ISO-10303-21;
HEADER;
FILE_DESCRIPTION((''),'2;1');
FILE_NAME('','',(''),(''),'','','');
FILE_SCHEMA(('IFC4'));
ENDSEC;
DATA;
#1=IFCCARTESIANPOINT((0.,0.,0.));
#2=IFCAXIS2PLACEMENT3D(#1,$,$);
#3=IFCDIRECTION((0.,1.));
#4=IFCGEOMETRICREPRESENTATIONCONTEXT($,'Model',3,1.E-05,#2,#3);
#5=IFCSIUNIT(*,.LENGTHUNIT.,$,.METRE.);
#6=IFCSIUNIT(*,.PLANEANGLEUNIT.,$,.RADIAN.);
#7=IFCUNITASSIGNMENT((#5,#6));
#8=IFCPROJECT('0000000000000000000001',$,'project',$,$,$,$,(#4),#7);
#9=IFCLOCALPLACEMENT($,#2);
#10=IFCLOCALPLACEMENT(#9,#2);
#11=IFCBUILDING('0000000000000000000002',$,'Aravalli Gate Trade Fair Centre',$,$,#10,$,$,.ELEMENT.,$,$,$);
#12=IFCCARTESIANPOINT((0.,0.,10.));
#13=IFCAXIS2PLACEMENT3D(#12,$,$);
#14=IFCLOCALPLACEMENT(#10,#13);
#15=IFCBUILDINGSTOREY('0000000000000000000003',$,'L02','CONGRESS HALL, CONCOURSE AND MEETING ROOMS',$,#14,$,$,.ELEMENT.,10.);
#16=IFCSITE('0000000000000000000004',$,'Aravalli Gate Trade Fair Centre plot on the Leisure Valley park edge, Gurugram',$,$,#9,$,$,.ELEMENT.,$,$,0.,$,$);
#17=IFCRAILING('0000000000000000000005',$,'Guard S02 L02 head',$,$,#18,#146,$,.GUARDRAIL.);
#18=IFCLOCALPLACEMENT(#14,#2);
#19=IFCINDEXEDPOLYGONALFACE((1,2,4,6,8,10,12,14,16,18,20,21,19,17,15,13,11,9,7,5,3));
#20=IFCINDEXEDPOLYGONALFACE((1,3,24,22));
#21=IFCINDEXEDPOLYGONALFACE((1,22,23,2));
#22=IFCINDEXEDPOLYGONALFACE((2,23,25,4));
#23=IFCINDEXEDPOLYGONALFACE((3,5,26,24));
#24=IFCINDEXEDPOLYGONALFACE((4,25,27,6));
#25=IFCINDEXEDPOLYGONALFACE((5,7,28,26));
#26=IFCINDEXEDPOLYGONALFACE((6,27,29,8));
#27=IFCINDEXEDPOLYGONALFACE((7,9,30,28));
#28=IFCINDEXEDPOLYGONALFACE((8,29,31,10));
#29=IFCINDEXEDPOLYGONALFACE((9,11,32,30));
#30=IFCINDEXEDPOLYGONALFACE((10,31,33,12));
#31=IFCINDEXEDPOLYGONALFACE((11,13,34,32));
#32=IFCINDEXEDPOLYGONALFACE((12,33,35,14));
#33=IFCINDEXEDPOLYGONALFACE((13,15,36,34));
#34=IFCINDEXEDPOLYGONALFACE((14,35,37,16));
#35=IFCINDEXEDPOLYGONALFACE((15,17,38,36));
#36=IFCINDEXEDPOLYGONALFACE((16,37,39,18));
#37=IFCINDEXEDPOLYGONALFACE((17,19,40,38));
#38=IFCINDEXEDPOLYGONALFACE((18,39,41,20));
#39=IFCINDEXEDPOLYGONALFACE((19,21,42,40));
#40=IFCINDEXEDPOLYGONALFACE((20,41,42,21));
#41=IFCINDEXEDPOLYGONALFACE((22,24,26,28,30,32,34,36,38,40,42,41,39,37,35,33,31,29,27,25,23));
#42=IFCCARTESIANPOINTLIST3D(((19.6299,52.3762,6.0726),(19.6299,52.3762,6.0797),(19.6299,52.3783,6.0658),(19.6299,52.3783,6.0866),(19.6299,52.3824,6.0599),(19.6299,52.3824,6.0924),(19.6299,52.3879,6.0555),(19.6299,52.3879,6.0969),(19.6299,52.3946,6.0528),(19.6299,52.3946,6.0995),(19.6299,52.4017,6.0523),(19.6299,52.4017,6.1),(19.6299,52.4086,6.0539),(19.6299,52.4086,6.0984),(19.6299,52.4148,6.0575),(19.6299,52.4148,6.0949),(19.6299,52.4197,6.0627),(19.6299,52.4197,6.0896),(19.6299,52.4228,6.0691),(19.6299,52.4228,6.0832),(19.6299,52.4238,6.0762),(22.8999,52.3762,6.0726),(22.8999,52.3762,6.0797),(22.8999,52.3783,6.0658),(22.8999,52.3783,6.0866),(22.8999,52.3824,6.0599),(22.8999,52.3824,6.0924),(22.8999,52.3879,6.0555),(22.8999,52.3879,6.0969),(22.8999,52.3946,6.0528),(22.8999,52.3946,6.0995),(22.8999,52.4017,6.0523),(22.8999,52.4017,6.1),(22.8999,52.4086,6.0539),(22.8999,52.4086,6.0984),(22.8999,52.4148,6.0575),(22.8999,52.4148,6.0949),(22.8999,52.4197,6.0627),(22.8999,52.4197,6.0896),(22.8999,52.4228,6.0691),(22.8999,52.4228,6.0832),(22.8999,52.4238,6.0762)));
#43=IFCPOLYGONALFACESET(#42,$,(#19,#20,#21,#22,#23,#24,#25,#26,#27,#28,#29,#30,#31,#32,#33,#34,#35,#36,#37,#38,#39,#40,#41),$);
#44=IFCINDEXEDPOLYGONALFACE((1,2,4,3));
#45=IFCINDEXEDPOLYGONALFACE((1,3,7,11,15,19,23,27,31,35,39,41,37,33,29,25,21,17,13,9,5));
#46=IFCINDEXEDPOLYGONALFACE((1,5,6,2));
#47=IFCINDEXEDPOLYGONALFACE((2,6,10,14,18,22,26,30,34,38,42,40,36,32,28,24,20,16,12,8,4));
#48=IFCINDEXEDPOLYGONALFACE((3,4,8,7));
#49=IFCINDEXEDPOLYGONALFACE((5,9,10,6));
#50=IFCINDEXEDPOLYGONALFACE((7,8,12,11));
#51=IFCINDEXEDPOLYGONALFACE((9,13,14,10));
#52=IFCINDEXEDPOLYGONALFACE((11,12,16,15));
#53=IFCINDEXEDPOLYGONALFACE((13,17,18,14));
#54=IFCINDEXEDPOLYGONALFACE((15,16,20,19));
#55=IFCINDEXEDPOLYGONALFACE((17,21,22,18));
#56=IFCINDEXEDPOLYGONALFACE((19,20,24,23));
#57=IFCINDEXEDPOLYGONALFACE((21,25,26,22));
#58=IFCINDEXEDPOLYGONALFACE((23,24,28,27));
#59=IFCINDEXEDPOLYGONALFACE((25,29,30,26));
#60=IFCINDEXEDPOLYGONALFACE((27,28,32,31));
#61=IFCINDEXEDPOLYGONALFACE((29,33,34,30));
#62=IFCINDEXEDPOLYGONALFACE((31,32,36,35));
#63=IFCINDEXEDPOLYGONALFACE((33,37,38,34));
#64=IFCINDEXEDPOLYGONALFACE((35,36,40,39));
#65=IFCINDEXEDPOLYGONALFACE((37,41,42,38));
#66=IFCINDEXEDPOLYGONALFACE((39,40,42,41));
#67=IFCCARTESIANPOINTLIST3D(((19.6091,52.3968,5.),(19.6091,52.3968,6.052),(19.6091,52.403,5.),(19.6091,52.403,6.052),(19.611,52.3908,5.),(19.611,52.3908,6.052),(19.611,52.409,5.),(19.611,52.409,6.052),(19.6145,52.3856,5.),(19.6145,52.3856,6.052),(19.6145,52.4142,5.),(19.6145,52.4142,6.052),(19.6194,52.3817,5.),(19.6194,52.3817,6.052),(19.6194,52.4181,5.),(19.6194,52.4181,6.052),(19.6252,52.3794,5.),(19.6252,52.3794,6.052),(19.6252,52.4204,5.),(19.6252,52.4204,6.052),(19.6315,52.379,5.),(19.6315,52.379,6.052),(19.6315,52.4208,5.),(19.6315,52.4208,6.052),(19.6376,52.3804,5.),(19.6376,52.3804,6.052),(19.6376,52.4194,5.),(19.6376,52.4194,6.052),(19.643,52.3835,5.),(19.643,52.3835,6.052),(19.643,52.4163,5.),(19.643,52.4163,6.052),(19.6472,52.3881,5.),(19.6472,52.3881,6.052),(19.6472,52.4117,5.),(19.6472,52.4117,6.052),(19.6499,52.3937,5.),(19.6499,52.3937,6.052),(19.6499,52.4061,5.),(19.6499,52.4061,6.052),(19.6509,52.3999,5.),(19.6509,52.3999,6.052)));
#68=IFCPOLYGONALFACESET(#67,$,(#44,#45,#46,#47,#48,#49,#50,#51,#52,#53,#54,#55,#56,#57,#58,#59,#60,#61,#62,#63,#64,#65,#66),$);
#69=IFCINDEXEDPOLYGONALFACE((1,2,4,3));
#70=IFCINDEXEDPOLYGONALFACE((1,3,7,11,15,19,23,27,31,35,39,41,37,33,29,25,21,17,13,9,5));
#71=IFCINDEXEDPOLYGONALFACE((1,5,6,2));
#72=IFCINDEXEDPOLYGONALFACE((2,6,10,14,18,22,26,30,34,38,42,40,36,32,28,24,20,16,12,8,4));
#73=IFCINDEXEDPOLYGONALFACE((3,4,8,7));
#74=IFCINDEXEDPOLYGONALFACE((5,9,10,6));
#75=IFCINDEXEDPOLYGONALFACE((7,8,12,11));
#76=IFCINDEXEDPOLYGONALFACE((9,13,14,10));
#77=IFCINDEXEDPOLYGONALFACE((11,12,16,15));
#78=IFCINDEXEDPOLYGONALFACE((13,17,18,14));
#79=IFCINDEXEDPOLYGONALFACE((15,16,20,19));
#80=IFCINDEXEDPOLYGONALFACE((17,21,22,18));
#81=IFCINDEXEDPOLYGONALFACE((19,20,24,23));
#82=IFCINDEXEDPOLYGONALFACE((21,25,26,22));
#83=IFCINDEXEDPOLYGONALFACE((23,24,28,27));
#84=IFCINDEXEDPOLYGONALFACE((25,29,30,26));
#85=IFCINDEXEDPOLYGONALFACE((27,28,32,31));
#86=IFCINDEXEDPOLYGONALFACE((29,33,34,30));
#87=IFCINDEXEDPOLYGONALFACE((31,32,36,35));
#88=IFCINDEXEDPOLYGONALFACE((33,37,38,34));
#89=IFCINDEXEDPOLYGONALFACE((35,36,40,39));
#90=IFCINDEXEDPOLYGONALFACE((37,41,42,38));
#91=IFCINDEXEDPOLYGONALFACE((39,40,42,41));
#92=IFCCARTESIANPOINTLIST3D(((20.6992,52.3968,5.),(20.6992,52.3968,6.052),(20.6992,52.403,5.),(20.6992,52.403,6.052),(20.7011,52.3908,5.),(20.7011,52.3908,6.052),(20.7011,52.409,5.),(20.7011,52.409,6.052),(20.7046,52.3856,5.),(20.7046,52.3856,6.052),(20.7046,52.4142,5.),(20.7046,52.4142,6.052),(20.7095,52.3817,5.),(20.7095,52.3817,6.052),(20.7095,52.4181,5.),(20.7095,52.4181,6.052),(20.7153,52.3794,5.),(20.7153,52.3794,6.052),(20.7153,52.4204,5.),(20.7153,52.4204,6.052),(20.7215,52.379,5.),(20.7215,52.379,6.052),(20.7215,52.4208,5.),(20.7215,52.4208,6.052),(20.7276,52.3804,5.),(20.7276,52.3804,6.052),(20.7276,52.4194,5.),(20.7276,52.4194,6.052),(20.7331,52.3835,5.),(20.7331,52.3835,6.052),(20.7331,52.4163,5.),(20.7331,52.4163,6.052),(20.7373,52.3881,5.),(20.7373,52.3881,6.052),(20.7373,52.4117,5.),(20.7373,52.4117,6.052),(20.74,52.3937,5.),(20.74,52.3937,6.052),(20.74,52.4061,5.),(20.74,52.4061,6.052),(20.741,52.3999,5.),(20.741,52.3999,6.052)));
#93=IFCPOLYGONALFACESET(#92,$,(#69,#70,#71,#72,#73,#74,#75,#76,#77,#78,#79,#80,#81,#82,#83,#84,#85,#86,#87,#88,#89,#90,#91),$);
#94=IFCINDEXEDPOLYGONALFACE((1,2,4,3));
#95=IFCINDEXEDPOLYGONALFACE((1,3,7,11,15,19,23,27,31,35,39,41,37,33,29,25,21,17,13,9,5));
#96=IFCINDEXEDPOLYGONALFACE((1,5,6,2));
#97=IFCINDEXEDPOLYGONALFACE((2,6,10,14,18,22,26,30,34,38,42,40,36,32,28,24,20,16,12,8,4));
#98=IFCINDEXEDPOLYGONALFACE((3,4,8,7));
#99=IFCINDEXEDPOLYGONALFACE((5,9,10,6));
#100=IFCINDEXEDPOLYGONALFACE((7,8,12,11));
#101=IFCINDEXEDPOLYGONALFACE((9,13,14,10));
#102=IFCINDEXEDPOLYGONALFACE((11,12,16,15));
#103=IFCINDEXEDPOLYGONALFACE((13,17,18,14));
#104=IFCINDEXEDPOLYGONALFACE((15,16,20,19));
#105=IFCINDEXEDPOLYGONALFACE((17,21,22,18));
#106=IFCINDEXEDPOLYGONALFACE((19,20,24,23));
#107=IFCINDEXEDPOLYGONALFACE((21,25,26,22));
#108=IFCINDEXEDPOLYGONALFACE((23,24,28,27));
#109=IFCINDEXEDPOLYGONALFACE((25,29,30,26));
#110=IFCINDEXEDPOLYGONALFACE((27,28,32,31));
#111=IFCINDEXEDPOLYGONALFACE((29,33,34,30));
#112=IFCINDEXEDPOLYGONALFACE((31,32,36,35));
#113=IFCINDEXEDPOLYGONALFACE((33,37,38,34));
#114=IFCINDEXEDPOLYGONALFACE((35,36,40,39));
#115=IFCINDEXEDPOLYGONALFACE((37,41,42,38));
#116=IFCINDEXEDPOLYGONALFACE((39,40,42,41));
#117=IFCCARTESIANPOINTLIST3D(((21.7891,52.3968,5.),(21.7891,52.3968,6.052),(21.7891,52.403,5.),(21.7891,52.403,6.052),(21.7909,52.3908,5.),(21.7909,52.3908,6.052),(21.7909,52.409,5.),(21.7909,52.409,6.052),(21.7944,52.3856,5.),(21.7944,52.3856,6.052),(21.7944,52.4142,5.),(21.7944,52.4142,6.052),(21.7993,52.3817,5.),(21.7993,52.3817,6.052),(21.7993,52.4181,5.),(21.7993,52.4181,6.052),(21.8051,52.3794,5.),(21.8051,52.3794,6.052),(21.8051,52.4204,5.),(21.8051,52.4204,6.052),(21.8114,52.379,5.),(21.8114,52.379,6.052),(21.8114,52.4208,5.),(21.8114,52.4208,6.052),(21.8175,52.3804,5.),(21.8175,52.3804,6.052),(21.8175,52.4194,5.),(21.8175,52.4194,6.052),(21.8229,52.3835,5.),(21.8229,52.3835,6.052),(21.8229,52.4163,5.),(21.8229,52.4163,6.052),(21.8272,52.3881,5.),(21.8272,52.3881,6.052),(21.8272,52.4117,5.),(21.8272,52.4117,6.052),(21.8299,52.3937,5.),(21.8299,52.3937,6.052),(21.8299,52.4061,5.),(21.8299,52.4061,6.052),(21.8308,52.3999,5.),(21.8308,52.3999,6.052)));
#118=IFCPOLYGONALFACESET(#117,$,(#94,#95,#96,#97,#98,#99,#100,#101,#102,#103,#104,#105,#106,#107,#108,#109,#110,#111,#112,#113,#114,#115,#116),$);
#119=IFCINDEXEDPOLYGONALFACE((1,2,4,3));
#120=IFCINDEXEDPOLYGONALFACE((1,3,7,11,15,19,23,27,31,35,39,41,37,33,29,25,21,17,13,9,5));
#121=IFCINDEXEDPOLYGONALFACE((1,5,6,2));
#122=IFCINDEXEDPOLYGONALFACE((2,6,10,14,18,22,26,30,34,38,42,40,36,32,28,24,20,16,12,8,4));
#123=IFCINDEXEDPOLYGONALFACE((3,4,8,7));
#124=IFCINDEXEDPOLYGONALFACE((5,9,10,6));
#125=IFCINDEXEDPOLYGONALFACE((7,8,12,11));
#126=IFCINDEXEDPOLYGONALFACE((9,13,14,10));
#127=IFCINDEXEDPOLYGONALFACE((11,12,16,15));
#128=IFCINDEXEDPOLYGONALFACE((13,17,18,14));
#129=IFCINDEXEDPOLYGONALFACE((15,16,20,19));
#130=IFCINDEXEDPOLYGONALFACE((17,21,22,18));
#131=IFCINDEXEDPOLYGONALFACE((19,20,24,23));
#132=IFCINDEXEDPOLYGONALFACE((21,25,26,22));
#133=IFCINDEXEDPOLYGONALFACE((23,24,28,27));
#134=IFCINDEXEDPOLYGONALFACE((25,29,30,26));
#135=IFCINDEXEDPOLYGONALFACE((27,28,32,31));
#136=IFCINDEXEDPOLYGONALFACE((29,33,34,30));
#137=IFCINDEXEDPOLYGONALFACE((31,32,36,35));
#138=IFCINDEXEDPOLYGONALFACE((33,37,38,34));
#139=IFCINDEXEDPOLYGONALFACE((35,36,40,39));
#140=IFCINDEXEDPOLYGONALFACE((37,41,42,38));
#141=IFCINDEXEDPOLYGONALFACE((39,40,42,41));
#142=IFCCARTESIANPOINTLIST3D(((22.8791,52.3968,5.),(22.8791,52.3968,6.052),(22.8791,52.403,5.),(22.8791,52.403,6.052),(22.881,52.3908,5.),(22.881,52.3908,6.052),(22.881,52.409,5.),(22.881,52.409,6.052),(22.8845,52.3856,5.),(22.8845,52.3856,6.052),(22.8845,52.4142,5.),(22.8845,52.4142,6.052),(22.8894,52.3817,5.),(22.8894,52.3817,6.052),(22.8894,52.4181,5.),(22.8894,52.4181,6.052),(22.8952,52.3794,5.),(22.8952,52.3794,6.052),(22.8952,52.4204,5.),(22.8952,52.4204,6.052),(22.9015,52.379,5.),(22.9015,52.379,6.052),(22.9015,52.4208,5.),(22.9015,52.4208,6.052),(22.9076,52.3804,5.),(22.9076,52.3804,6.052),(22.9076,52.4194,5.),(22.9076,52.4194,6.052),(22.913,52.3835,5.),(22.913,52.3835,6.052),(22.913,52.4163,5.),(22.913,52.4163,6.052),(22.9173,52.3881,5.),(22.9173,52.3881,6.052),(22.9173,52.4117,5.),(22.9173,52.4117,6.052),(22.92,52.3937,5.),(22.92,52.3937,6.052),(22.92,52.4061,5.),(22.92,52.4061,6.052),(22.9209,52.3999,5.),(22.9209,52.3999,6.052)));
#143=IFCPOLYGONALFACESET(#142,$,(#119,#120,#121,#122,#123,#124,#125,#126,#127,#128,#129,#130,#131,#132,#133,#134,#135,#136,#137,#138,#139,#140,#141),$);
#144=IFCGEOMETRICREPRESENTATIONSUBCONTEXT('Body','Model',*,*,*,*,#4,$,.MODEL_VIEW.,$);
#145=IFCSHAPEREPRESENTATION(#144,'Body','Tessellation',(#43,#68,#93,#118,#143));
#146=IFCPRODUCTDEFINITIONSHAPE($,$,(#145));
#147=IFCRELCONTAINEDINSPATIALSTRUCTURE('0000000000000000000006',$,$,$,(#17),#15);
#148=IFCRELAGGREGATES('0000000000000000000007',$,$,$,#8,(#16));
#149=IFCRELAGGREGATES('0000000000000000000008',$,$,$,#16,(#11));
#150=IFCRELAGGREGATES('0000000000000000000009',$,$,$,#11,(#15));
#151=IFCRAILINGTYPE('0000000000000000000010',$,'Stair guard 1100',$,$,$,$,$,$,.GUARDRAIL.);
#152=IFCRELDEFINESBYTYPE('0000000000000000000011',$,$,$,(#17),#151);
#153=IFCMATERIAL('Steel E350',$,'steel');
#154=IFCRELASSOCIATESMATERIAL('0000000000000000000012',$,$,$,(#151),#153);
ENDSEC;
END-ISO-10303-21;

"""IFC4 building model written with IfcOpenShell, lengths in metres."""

from ifc_helpers import new_model, si_unit, direction, frame, origin, origin_2d, place, context, subcontext, project, spatial, circle, extrude, material, type_object, element, save


model = new_model("IFC4")

# Units and contexts
model_context = context("Model", 3, precision=1e-05, world=origin(), true_north=direction((0.0, 1.0)))
body_context = subcontext(model_context, "Body", "Model", "MODEL_VIEW")
ifc_project = project(units=[si_unit("LENGTHUNIT", "METRE"), si_unit("PLANEANGLEUNIT", "RADIAN")], contexts=[model_context])

# Site, building, storey
site_placement = place(None, origin())
site = spatial("IfcSite", under=ifc_project, at=site_placement, Name="Aravalli Gate Trade Fair Centre plot on the Leisure Valley park edge, Gurugram", CompositionType="ELEMENT", RefElevation=0.0)
building_placement = place(site_placement, origin())
building = spatial("IfcBuilding", under=site, at=building_placement, Name="Aravalli Gate Trade Fair Centre", CompositionType="ELEMENT")
storey_placement = place(building_placement, frame((0.0, 0.0, 10.0)))
storey = spatial("IfcBuildingStorey", under=building, at=storey_placement, Name="L02", Description="CONGRESS HALL, CONCOURSE AND MEETING ROOMS", CompositionType="ELEMENT", Elevation=10.0)

# Shared definitions
ifc_material_1 = material(Name="Steel E350", Category="steel")

# Railing
railing_type_1 = type_object("IfcRailingType", Name="Stair guard 1100", PredefinedType="GUARDRAIL", material=ifc_material_1)
railing_placement = place(storey_placement, frame((19.6299, 52.3999, 5.0)))
element("IfcRailing", 1, at=railing_placement, inside=storey, type_object=railing_type_1, Name="Guard S02 L02 head", PredefinedType="GUARDRAIL", context=body_context, shape_type="SweptSolid", body=[
    extrude(circle(Radius=0.0239, at=origin_2d()), frame((0.0, 0.0, 1.0762), z_axis=(1.0, 0.0, 0.0), x_axis=(0.0, 1.0, 0.0)), (0.0, 0.0, 1.0), 3.27),
    extrude(circle(Radius=0.021, at=origin_2d()), origin(), (0.0, 0.0, 1.0), 1.052),
    extrude(circle(Radius=0.021, at=origin_2d()), frame((1.0901, 0.0, 0.0)), (0.0, 0.0, 1.0), 1.052),
    extrude(circle(Radius=0.021, at=origin_2d()), frame((2.1799, 0.0, 0.0)), (0.0, 0.0, 1.0), 1.052),
    extrude(circle(Radius=0.021, at=origin_2d()), frame((3.27, 0.0, 0.0)), (0.0, 0.0, 1.0), 1.052),
])

save(model, "model.ifc")
